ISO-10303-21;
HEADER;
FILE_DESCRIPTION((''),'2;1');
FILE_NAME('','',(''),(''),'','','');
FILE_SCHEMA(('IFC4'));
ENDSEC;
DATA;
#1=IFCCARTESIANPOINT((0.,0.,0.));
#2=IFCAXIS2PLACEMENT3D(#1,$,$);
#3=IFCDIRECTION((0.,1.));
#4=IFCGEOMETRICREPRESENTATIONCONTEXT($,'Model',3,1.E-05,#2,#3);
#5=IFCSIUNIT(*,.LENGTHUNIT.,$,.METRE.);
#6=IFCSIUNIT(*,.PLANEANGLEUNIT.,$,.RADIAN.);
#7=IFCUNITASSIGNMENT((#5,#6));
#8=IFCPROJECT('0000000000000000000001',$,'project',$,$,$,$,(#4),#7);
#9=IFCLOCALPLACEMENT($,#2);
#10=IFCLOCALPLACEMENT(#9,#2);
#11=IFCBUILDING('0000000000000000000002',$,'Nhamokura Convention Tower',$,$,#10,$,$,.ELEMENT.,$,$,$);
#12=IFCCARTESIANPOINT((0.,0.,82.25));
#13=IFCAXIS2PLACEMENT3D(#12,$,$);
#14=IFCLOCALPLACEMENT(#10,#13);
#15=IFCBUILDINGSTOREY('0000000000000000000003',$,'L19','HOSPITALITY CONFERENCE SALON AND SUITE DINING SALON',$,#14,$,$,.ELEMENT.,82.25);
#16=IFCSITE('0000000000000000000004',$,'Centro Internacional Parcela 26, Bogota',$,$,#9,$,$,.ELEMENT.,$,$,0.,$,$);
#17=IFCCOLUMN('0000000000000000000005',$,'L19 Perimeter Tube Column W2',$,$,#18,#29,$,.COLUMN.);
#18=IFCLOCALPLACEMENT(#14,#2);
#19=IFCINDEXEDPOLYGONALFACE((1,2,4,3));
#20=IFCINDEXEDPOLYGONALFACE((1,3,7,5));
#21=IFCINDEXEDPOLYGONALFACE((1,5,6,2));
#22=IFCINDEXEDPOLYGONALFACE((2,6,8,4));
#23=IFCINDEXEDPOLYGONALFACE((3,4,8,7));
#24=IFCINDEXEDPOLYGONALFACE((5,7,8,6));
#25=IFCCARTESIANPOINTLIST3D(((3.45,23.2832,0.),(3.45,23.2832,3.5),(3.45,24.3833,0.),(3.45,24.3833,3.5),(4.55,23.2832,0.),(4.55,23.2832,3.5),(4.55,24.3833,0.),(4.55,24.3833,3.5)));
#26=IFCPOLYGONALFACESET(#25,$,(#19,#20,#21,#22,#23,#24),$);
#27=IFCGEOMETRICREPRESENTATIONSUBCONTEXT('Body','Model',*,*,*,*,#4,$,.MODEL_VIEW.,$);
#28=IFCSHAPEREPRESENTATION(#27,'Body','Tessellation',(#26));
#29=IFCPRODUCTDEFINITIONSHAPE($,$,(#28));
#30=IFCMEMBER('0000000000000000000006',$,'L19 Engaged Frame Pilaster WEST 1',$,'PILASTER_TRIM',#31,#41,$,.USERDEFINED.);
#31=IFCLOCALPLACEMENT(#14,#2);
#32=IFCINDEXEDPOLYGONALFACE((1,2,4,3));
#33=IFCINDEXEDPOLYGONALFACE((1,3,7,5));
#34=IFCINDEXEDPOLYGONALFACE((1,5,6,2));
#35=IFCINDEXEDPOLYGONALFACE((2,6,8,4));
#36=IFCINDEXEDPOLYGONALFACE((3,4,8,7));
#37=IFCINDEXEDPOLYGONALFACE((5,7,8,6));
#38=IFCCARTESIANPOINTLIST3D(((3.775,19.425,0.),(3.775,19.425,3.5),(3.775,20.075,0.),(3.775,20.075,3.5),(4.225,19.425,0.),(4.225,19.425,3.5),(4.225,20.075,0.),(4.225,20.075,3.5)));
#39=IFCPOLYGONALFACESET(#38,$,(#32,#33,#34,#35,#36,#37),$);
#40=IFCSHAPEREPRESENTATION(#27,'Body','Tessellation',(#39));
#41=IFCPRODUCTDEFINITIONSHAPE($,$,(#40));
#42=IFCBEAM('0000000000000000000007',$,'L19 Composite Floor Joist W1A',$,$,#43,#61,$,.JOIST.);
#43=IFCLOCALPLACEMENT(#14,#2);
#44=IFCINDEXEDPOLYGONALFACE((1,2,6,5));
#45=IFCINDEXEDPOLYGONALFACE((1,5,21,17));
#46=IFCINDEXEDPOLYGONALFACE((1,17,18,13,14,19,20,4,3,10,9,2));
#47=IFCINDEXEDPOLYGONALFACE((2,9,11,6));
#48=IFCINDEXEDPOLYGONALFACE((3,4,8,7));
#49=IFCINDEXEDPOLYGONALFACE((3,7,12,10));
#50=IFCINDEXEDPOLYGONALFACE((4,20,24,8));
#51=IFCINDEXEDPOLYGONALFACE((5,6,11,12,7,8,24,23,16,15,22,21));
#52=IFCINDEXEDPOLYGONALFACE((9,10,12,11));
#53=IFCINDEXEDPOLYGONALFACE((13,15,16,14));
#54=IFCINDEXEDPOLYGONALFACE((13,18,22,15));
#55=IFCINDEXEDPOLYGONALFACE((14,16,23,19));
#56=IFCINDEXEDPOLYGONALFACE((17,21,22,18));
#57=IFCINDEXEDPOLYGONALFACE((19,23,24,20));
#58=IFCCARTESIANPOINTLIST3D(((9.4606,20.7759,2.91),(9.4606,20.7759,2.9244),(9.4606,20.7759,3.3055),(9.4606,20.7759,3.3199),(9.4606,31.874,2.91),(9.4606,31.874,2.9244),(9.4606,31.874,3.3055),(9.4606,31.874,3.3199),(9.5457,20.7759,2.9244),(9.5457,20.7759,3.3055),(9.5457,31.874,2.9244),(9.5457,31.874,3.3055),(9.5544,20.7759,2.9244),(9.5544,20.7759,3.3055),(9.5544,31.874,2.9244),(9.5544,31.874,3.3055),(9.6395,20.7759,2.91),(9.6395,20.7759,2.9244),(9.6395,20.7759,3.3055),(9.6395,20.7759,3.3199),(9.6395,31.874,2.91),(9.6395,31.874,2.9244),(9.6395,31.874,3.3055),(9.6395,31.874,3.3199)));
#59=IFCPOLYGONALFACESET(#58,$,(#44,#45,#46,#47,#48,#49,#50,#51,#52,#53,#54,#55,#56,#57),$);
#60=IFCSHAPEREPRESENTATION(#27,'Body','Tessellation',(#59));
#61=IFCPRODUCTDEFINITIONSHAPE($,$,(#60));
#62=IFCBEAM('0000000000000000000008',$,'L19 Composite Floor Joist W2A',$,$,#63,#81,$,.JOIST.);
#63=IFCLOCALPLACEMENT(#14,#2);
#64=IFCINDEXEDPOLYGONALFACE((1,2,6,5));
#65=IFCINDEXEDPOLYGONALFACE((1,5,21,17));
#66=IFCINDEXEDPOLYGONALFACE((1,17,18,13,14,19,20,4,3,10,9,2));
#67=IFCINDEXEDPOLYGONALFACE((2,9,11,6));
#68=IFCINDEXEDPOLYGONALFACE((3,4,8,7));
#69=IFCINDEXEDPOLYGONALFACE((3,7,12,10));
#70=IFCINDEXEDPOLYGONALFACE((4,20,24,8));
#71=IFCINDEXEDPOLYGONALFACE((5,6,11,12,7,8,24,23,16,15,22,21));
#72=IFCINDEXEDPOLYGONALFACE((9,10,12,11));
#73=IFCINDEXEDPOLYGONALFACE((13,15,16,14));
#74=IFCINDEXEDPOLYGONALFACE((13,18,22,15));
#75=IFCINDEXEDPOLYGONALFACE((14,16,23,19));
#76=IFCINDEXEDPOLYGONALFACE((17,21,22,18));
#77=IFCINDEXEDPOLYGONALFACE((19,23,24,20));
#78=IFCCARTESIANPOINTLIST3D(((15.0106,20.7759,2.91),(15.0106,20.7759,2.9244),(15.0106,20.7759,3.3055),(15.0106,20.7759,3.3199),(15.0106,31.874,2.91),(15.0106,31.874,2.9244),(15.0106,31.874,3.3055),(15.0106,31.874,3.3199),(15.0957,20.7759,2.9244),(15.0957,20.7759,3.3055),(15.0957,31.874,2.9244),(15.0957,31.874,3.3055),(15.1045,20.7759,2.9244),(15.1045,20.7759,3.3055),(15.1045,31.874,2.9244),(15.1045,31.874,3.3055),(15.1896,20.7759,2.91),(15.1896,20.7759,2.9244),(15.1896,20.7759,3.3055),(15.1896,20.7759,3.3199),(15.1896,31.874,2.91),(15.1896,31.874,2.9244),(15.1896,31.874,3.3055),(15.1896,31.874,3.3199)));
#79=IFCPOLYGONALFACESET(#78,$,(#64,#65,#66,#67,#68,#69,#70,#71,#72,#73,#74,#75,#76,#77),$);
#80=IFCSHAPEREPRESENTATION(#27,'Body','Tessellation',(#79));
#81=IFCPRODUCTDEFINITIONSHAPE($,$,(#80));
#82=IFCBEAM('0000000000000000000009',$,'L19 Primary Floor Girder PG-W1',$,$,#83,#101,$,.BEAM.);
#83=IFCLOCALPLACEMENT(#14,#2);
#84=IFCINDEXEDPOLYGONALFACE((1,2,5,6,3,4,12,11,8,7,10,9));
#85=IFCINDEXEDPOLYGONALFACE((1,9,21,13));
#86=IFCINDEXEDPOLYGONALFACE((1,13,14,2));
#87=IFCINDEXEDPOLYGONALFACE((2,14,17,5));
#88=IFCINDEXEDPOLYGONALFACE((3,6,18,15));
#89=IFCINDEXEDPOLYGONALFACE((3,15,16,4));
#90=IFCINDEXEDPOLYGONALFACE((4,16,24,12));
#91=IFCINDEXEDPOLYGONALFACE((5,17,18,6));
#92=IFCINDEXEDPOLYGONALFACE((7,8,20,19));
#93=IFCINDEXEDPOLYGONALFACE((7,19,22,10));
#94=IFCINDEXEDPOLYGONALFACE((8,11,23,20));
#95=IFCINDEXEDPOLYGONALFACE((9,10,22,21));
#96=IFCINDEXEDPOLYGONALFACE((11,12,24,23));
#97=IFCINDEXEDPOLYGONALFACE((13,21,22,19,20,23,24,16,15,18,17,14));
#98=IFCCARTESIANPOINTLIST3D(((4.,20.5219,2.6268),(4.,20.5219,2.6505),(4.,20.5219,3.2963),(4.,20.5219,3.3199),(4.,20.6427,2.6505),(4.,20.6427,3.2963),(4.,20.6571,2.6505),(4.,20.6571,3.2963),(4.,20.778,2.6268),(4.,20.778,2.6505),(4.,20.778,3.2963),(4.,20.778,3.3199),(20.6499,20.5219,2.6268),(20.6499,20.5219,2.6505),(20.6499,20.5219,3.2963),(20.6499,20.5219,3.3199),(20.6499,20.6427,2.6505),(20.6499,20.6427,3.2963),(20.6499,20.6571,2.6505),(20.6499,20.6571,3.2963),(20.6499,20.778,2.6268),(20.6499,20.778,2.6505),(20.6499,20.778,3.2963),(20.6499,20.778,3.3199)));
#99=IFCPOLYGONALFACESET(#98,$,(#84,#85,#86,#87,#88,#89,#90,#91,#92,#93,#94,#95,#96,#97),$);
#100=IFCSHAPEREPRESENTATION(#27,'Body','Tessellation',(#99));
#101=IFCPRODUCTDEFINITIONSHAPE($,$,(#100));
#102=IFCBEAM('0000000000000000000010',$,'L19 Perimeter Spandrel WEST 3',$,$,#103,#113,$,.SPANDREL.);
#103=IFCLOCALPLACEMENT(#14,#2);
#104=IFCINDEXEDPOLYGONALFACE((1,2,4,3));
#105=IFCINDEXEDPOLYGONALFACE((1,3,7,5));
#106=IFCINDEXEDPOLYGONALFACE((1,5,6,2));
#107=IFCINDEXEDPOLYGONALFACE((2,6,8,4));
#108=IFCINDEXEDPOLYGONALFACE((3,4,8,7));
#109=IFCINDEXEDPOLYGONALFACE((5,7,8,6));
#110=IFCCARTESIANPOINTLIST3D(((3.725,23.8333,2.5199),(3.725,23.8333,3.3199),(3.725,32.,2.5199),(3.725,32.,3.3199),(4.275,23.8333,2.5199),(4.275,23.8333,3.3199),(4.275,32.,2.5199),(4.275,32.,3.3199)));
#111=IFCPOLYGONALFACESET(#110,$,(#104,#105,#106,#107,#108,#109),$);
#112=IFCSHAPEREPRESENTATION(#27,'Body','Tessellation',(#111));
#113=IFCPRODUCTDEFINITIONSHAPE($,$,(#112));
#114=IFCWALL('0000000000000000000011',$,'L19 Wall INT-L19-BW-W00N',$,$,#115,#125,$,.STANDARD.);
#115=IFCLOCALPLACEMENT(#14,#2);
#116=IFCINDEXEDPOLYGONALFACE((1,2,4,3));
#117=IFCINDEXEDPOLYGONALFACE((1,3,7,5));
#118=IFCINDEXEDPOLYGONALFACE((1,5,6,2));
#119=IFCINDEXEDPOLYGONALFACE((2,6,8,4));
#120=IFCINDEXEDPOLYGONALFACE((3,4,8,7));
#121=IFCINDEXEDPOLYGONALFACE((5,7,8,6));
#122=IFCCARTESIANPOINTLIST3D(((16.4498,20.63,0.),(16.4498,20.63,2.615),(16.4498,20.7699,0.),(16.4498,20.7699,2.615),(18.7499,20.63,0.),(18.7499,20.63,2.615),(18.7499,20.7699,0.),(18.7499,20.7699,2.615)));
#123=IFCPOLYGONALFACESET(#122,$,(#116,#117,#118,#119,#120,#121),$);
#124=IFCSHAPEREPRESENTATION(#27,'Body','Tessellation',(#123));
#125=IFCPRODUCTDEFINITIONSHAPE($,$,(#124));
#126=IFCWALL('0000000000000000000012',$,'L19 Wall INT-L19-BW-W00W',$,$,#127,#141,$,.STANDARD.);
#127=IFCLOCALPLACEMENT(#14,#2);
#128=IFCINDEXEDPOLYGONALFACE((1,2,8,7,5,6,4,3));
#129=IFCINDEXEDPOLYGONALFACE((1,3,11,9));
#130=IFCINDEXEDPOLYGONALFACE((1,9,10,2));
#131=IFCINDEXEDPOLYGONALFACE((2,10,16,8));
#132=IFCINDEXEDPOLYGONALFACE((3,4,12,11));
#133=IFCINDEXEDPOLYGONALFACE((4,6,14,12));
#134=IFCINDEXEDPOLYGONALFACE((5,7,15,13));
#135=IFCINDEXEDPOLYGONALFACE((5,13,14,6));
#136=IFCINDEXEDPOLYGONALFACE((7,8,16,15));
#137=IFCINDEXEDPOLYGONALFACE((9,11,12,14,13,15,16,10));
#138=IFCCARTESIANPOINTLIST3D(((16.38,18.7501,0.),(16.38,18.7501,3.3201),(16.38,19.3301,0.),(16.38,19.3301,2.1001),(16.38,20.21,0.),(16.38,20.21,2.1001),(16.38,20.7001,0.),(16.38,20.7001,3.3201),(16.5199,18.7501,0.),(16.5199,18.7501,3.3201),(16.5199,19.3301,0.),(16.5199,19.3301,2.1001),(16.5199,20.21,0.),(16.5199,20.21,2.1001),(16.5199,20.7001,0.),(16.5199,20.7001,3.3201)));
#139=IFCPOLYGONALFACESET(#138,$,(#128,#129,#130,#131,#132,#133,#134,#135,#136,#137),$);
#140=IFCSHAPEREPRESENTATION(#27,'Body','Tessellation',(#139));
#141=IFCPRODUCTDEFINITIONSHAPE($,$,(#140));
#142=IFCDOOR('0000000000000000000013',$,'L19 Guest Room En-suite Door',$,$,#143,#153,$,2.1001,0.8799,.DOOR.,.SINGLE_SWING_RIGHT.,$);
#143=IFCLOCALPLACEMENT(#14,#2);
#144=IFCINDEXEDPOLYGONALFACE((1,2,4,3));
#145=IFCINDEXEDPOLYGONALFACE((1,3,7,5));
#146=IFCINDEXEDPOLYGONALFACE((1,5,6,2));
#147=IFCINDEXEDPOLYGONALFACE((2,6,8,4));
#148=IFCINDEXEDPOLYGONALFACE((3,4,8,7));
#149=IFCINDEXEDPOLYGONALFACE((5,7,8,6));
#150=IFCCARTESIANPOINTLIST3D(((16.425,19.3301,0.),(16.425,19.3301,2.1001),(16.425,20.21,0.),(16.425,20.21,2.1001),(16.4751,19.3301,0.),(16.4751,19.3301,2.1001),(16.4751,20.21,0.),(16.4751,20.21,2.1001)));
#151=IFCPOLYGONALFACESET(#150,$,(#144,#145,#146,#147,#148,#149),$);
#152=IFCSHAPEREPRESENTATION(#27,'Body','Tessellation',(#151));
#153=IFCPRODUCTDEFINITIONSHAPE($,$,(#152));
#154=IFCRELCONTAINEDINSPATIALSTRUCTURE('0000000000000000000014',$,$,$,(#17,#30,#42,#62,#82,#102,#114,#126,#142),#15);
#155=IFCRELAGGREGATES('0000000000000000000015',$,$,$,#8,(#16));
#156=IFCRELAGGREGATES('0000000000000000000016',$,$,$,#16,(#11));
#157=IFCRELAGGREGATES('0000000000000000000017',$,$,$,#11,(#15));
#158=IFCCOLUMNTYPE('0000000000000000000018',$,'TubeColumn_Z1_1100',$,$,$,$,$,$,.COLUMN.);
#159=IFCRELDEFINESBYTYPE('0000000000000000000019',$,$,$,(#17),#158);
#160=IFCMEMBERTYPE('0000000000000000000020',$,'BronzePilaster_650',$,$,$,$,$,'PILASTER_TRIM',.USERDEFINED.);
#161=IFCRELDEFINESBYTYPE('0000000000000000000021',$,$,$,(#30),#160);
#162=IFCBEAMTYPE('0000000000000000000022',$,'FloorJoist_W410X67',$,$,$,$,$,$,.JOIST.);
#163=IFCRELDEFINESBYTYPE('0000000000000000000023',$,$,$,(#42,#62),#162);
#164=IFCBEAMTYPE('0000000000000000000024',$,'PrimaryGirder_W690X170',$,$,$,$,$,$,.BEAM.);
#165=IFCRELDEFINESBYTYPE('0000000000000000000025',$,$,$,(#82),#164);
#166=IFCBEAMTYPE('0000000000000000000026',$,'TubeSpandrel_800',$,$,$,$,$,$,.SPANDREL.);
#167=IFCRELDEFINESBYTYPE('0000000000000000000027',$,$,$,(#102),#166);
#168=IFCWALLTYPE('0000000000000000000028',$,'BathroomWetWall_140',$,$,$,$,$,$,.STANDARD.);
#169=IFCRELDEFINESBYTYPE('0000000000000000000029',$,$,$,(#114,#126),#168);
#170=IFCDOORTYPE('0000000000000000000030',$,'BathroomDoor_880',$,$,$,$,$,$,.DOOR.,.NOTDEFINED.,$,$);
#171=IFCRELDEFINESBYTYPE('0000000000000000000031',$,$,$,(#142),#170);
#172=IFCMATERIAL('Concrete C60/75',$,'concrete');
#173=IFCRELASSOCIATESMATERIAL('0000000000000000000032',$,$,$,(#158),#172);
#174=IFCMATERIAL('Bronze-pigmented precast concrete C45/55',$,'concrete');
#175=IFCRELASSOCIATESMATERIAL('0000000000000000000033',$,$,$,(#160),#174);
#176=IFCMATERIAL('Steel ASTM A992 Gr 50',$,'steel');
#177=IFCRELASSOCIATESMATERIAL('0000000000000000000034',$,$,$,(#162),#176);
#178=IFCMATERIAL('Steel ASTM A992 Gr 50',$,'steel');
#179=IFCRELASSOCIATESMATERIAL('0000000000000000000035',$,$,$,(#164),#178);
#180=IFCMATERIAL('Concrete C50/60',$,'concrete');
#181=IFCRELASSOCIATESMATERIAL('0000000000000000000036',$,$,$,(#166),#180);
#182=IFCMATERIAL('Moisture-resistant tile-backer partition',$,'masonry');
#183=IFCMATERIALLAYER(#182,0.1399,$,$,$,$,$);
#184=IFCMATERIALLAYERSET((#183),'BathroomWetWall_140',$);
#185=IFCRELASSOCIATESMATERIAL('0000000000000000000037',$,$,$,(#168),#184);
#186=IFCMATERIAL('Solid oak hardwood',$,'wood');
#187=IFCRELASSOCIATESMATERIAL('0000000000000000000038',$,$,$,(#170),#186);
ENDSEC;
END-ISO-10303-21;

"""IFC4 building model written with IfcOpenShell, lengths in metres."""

from ifc_helpers import new_model, si_unit, direction, frame, frame_2d, origin, origin_2d, place, context, subcontext, project, spatial, rectangle, i_section, extrude, material, layer, layer_set, material_profile, profile_set, type_object, element, fill, save


model = new_model("IFC4")

# Units and contexts
model_context = context("Model", 3, precision=1e-05, world=origin(), true_north=direction((0.0, 1.0)))
body_context = subcontext(model_context, "Body", "Model", "MODEL_VIEW")
ifc_project = project(units=[si_unit("LENGTHUNIT", "METRE"), si_unit("PLANEANGLEUNIT", "RADIAN")], contexts=[model_context])

# Site, building, storey
site_placement = place(None, origin())
site = spatial("IfcSite", under=ifc_project, at=site_placement, Name="Centro Internacional Parcela 26, Bogota", CompositionType="ELEMENT", RefElevation=0.0)
building_placement = place(site_placement, origin())
building = spatial("IfcBuilding", under=site, at=building_placement, Name="Nhamokura Convention Tower", CompositionType="ELEMENT")
storey_placement = place(building_placement, frame((0.0, 0.0, 82.25)))
storey = spatial("IfcBuildingStorey", under=building, at=storey_placement, Name="L19", Description="HOSPITALITY CONFERENCE SALON AND SUITE DINING SALON", CompositionType="ELEMENT", Elevation=82.25)

# Column
ifc_material_1 = material(Name="Concrete C60/75", Category="concrete")
ifc_material_profile_1 = material_profile(ifc_material_1, rectangle(XDim=1.1001, YDim=1.1001, at=origin_2d()))
ifc_profile_set_1 = profile_set([ifc_material_profile_1], Name="Concrete C60/75")
column_type = type_object("IfcColumnType", Name="TubeColumn_Z1_1100", PredefinedType="COLUMN", material=ifc_profile_set_1)
column_placement = place(storey_placement, frame((4.0, 23.8333, 0.0), z_axis=(0.0, 0.0, 1.0), x_axis=(1.0, 0.0, 0.0)))
element("IfcColumn", 1, at=column_placement, inside=storey, type_object=column_type, Name="L19 Perimeter Tube Column W2", PredefinedType="COLUMN", context=body_context, shape_type="SweptSolid", body=[
    extrude(rectangle(XDim=1.1001, YDim=1.1001, at=origin_2d()), origin(), (0.0, 0.0, 1.0), 3.5),
])

# Member
ifc_material_2 = material(Name="Bronze-pigmented precast concrete C45/55", Category="concrete")
ifc_material_profile_2 = material_profile(ifc_material_2, rectangle(XDim=0.45, YDim=0.6499, at=origin_2d()))
ifc_profile_set_2 = profile_set([ifc_material_profile_2], Name="Bronze-pigmented precast concrete C45/55")
member_type = type_object("IfcMemberType", Name="BronzePilaster_650", ElementType="PILASTER_TRIM", PredefinedType="USERDEFINED", material=ifc_profile_set_2)
member_placement = place(storey_placement, frame((4.0, 19.75, 0.0), z_axis=(0.0, 0.0, 1.0), x_axis=(1.0, 0.0, 0.0)))
element("IfcMember", 2, at=member_placement, inside=storey, type_object=member_type, Name="L19 Engaged Frame Pilaster WEST 1", ObjectType="PILASTER_TRIM", PredefinedType="USERDEFINED", context=body_context, shape_type="SweptSolid", body=[
    extrude(rectangle(XDim=0.45, YDim=0.6499, at=origin_2d()), origin(), (0.0, 0.0, 1.0), 3.5),
])

# Beams
ifc_material_3 = material(Name="Steel ASTM A992 Gr 50", Category="steel")
ifc_material_profile_3 = material_profile(ifc_material_3, i_section(OverallWidth=0.179, OverallDepth=0.4099, WebThickness=0.0088, FlangeThickness=0.0144, at=origin_2d()))
ifc_profile_set_3 = profile_set([ifc_material_profile_3], Name="Steel ASTM A992 Gr 50")
beam_type_1 = type_object("IfcBeamType", Name="FloorJoist_W410X67", PredefinedType="JOIST", material=ifc_profile_set_3)
for number, where, z_axis, x_axis, name in (
    (3, (9.55, 20.7759, 3.115), (0.0, 1.0, 0.0), (-1.0, 0.0, 0.0), "L19 Composite Floor Joist W1A"),
    (4, (15.1001, 20.7759, 3.115), (0.0, 1.0, 0.0), (-1.0, 0.0, 0.0), "L19 Composite Floor Joist W2A"),
):
    element("IfcBeam", number, at=place(storey_placement, frame(where, z_axis=z_axis, x_axis=x_axis)), inside=storey, type_object=beam_type_1, Name=name, PredefinedType="JOIST", context=body_context, shape_type="SweptSolid", body=[
        extrude(i_section(OverallWidth=0.179, OverallDepth=0.4099, WebThickness=0.0088, FlangeThickness=0.0144, at=origin_2d()), origin(), (0.0, 0.0, 1.0), 11.0981),
    ])
ifc_material_4 = material(Name="Steel ASTM A992 Gr 50", Category="steel")
ifc_material_profile_4 = material_profile(ifc_material_4, i_section(OverallWidth=0.2561, OverallDepth=0.6931, WebThickness=0.0144, FlangeThickness=0.0237, at=origin_2d()))
ifc_profile_set_4 = profile_set([ifc_material_profile_4], Name="Steel ASTM A992 Gr 50")
beam_type_2 = type_object("IfcBeamType", Name="PrimaryGirder_W690X170", PredefinedType="BEAM", material=ifc_profile_set_4)
beam_1_placement = place(storey_placement, frame((4.0, 20.6499, 2.9734), z_axis=(1.0, 0.0, 0.0), x_axis=(0.0, 1.0, 0.0)))
element("IfcBeam", 5, at=beam_1_placement, inside=storey, type_object=beam_type_2, Name="L19 Primary Floor Girder PG-W1", PredefinedType="BEAM", context=body_context, shape_type="SweptSolid", body=[
    extrude(i_section(OverallWidth=0.2561, OverallDepth=0.6931, WebThickness=0.0144, FlangeThickness=0.0237, at=origin_2d()), origin(), (0.0, 0.0, 1.0), 16.6499),
])
ifc_material_5 = material(Name="Concrete C50/60", Category="concrete")
ifc_material_profile_5 = material_profile(ifc_material_5, rectangle(XDim=0.55, YDim=0.8, at=origin_2d()))
ifc_profile_set_5 = profile_set([ifc_material_profile_5], Name="Concrete C50/60")
beam_type_3 = type_object("IfcBeamType", Name="TubeSpandrel_800", PredefinedType="SPANDREL", material=ifc_profile_set_5)
beam_2_placement = place(storey_placement, frame((4.0, 23.8333, 2.9199), z_axis=(0.0, 1.0, 0.0), x_axis=(-1.0, 0.0, 0.0)))
element("IfcBeam", 6, at=beam_2_placement, inside=storey, type_object=beam_type_3, Name="L19 Perimeter Spandrel WEST 3", PredefinedType="SPANDREL", context=body_context, shape_type="SweptSolid", body=[
    extrude(rectangle(XDim=0.55, YDim=0.8, at=origin_2d()), origin(), (0.0, 0.0, 1.0), 8.1667),
])

# Wall
ifc_material_6 = material(Name="Moisture-resistant tile-backer partition", Category="masonry")
ifc_layer_1 = layer(ifc_material_6, 0.1399)
ifc_layer_set_1 = layer_set([ifc_layer_1], Name="BathroomWetWall_140")
wall_type_1 = type_object("IfcWallType", Name="BathroomWetWall_140", PredefinedType="STANDARD", material=ifc_layer_set_1)
wall_1_placement = place(storey_placement, frame((16.45, 20.7, 0.0), z_axis=(0.0, 0.0, 1.0), x_axis=(1.0, 0.0, 0.0)))
element("IfcWall", 7, at=wall_1_placement, inside=storey, type_object=wall_type_1, Name="L19 Wall INT-L19-BW-W00N", PredefinedType="STANDARD", context=body_context, shape_type="SweptSolid", body=[
    extrude(rectangle(XDim=2.3, YDim=0.1399, at=frame_2d((1.1499, 0.0))), origin(), (0.0, 0.0, 1.0), 2.615),
])

# Wall, opening, door
wall_2_placement = place(storey_placement, frame((16.45, 18.75, 0.0), z_axis=(0.0, 0.0, 1.0), x_axis=(0.0, 1.0, 0.0)))
wall_2 = element("IfcWall", 8, at=wall_2_placement, inside=storey, type_object=wall_type_1, Name="L19 Wall INT-L19-BW-W00W", PredefinedType="STANDARD", context=body_context, shape_type="SweptSolid", body=[
    extrude(rectangle(XDim=1.95, YDim=0.1399, at=frame_2d((0.9751, 0.0))), origin(), (0.0, 0.0, 1.0), 3.3201),
])
opening_1_placement = place(wall_2_placement, frame((0.5801, 0.0, 0.0)))
opening_1 = element("IfcOpeningElement", 9, at=opening_1_placement, cuts=wall_2, PredefinedType="OPENING", context=body_context, shape_type="SweptSolid", body=[
    extrude(rectangle(XDim=0.8799, YDim=2.1001, at=frame_2d((0.4399, 1.05))), frame((0.0, 0.0798, 0.0), z_axis=(0.0, -1.0, 0.0), x_axis=(1.0, 0.0, 0.0)), (0.0, 0.0, 1.0), 0.1599),
])
ifc_material_7 = material(Name="Solid oak hardwood", Category="wood")
door_type_1 = type_object("IfcDoorType", Name="BathroomDoor_880", OperationType="NOTDEFINED", PredefinedType="DOOR", material=ifc_material_7)
door_1_placement = place(opening_1_placement, origin())
door_1 = element("IfcDoor", 10, at=door_1_placement, inside=storey, type_object=door_type_1, Name="L19 Guest Room En-suite Door", OperationType="SINGLE_SWING_RIGHT", OverallHeight=2.1001, OverallWidth=0.8799, PredefinedType="DOOR", context=body_context, shape_type="SweptSolid", body=[
    extrude(rectangle(XDim=0.8799, YDim=2.1001, at=frame_2d((0.4399, 1.05))), frame((0.0, 0.0249, 0.0), z_axis=(0.0, -1.0, 0.0), x_axis=(1.0, 0.0, 0.0)), (0.0, 0.0, 1.0), 0.05),
])
fill(opening_1, door_1)

save(model, "model.ifc")
